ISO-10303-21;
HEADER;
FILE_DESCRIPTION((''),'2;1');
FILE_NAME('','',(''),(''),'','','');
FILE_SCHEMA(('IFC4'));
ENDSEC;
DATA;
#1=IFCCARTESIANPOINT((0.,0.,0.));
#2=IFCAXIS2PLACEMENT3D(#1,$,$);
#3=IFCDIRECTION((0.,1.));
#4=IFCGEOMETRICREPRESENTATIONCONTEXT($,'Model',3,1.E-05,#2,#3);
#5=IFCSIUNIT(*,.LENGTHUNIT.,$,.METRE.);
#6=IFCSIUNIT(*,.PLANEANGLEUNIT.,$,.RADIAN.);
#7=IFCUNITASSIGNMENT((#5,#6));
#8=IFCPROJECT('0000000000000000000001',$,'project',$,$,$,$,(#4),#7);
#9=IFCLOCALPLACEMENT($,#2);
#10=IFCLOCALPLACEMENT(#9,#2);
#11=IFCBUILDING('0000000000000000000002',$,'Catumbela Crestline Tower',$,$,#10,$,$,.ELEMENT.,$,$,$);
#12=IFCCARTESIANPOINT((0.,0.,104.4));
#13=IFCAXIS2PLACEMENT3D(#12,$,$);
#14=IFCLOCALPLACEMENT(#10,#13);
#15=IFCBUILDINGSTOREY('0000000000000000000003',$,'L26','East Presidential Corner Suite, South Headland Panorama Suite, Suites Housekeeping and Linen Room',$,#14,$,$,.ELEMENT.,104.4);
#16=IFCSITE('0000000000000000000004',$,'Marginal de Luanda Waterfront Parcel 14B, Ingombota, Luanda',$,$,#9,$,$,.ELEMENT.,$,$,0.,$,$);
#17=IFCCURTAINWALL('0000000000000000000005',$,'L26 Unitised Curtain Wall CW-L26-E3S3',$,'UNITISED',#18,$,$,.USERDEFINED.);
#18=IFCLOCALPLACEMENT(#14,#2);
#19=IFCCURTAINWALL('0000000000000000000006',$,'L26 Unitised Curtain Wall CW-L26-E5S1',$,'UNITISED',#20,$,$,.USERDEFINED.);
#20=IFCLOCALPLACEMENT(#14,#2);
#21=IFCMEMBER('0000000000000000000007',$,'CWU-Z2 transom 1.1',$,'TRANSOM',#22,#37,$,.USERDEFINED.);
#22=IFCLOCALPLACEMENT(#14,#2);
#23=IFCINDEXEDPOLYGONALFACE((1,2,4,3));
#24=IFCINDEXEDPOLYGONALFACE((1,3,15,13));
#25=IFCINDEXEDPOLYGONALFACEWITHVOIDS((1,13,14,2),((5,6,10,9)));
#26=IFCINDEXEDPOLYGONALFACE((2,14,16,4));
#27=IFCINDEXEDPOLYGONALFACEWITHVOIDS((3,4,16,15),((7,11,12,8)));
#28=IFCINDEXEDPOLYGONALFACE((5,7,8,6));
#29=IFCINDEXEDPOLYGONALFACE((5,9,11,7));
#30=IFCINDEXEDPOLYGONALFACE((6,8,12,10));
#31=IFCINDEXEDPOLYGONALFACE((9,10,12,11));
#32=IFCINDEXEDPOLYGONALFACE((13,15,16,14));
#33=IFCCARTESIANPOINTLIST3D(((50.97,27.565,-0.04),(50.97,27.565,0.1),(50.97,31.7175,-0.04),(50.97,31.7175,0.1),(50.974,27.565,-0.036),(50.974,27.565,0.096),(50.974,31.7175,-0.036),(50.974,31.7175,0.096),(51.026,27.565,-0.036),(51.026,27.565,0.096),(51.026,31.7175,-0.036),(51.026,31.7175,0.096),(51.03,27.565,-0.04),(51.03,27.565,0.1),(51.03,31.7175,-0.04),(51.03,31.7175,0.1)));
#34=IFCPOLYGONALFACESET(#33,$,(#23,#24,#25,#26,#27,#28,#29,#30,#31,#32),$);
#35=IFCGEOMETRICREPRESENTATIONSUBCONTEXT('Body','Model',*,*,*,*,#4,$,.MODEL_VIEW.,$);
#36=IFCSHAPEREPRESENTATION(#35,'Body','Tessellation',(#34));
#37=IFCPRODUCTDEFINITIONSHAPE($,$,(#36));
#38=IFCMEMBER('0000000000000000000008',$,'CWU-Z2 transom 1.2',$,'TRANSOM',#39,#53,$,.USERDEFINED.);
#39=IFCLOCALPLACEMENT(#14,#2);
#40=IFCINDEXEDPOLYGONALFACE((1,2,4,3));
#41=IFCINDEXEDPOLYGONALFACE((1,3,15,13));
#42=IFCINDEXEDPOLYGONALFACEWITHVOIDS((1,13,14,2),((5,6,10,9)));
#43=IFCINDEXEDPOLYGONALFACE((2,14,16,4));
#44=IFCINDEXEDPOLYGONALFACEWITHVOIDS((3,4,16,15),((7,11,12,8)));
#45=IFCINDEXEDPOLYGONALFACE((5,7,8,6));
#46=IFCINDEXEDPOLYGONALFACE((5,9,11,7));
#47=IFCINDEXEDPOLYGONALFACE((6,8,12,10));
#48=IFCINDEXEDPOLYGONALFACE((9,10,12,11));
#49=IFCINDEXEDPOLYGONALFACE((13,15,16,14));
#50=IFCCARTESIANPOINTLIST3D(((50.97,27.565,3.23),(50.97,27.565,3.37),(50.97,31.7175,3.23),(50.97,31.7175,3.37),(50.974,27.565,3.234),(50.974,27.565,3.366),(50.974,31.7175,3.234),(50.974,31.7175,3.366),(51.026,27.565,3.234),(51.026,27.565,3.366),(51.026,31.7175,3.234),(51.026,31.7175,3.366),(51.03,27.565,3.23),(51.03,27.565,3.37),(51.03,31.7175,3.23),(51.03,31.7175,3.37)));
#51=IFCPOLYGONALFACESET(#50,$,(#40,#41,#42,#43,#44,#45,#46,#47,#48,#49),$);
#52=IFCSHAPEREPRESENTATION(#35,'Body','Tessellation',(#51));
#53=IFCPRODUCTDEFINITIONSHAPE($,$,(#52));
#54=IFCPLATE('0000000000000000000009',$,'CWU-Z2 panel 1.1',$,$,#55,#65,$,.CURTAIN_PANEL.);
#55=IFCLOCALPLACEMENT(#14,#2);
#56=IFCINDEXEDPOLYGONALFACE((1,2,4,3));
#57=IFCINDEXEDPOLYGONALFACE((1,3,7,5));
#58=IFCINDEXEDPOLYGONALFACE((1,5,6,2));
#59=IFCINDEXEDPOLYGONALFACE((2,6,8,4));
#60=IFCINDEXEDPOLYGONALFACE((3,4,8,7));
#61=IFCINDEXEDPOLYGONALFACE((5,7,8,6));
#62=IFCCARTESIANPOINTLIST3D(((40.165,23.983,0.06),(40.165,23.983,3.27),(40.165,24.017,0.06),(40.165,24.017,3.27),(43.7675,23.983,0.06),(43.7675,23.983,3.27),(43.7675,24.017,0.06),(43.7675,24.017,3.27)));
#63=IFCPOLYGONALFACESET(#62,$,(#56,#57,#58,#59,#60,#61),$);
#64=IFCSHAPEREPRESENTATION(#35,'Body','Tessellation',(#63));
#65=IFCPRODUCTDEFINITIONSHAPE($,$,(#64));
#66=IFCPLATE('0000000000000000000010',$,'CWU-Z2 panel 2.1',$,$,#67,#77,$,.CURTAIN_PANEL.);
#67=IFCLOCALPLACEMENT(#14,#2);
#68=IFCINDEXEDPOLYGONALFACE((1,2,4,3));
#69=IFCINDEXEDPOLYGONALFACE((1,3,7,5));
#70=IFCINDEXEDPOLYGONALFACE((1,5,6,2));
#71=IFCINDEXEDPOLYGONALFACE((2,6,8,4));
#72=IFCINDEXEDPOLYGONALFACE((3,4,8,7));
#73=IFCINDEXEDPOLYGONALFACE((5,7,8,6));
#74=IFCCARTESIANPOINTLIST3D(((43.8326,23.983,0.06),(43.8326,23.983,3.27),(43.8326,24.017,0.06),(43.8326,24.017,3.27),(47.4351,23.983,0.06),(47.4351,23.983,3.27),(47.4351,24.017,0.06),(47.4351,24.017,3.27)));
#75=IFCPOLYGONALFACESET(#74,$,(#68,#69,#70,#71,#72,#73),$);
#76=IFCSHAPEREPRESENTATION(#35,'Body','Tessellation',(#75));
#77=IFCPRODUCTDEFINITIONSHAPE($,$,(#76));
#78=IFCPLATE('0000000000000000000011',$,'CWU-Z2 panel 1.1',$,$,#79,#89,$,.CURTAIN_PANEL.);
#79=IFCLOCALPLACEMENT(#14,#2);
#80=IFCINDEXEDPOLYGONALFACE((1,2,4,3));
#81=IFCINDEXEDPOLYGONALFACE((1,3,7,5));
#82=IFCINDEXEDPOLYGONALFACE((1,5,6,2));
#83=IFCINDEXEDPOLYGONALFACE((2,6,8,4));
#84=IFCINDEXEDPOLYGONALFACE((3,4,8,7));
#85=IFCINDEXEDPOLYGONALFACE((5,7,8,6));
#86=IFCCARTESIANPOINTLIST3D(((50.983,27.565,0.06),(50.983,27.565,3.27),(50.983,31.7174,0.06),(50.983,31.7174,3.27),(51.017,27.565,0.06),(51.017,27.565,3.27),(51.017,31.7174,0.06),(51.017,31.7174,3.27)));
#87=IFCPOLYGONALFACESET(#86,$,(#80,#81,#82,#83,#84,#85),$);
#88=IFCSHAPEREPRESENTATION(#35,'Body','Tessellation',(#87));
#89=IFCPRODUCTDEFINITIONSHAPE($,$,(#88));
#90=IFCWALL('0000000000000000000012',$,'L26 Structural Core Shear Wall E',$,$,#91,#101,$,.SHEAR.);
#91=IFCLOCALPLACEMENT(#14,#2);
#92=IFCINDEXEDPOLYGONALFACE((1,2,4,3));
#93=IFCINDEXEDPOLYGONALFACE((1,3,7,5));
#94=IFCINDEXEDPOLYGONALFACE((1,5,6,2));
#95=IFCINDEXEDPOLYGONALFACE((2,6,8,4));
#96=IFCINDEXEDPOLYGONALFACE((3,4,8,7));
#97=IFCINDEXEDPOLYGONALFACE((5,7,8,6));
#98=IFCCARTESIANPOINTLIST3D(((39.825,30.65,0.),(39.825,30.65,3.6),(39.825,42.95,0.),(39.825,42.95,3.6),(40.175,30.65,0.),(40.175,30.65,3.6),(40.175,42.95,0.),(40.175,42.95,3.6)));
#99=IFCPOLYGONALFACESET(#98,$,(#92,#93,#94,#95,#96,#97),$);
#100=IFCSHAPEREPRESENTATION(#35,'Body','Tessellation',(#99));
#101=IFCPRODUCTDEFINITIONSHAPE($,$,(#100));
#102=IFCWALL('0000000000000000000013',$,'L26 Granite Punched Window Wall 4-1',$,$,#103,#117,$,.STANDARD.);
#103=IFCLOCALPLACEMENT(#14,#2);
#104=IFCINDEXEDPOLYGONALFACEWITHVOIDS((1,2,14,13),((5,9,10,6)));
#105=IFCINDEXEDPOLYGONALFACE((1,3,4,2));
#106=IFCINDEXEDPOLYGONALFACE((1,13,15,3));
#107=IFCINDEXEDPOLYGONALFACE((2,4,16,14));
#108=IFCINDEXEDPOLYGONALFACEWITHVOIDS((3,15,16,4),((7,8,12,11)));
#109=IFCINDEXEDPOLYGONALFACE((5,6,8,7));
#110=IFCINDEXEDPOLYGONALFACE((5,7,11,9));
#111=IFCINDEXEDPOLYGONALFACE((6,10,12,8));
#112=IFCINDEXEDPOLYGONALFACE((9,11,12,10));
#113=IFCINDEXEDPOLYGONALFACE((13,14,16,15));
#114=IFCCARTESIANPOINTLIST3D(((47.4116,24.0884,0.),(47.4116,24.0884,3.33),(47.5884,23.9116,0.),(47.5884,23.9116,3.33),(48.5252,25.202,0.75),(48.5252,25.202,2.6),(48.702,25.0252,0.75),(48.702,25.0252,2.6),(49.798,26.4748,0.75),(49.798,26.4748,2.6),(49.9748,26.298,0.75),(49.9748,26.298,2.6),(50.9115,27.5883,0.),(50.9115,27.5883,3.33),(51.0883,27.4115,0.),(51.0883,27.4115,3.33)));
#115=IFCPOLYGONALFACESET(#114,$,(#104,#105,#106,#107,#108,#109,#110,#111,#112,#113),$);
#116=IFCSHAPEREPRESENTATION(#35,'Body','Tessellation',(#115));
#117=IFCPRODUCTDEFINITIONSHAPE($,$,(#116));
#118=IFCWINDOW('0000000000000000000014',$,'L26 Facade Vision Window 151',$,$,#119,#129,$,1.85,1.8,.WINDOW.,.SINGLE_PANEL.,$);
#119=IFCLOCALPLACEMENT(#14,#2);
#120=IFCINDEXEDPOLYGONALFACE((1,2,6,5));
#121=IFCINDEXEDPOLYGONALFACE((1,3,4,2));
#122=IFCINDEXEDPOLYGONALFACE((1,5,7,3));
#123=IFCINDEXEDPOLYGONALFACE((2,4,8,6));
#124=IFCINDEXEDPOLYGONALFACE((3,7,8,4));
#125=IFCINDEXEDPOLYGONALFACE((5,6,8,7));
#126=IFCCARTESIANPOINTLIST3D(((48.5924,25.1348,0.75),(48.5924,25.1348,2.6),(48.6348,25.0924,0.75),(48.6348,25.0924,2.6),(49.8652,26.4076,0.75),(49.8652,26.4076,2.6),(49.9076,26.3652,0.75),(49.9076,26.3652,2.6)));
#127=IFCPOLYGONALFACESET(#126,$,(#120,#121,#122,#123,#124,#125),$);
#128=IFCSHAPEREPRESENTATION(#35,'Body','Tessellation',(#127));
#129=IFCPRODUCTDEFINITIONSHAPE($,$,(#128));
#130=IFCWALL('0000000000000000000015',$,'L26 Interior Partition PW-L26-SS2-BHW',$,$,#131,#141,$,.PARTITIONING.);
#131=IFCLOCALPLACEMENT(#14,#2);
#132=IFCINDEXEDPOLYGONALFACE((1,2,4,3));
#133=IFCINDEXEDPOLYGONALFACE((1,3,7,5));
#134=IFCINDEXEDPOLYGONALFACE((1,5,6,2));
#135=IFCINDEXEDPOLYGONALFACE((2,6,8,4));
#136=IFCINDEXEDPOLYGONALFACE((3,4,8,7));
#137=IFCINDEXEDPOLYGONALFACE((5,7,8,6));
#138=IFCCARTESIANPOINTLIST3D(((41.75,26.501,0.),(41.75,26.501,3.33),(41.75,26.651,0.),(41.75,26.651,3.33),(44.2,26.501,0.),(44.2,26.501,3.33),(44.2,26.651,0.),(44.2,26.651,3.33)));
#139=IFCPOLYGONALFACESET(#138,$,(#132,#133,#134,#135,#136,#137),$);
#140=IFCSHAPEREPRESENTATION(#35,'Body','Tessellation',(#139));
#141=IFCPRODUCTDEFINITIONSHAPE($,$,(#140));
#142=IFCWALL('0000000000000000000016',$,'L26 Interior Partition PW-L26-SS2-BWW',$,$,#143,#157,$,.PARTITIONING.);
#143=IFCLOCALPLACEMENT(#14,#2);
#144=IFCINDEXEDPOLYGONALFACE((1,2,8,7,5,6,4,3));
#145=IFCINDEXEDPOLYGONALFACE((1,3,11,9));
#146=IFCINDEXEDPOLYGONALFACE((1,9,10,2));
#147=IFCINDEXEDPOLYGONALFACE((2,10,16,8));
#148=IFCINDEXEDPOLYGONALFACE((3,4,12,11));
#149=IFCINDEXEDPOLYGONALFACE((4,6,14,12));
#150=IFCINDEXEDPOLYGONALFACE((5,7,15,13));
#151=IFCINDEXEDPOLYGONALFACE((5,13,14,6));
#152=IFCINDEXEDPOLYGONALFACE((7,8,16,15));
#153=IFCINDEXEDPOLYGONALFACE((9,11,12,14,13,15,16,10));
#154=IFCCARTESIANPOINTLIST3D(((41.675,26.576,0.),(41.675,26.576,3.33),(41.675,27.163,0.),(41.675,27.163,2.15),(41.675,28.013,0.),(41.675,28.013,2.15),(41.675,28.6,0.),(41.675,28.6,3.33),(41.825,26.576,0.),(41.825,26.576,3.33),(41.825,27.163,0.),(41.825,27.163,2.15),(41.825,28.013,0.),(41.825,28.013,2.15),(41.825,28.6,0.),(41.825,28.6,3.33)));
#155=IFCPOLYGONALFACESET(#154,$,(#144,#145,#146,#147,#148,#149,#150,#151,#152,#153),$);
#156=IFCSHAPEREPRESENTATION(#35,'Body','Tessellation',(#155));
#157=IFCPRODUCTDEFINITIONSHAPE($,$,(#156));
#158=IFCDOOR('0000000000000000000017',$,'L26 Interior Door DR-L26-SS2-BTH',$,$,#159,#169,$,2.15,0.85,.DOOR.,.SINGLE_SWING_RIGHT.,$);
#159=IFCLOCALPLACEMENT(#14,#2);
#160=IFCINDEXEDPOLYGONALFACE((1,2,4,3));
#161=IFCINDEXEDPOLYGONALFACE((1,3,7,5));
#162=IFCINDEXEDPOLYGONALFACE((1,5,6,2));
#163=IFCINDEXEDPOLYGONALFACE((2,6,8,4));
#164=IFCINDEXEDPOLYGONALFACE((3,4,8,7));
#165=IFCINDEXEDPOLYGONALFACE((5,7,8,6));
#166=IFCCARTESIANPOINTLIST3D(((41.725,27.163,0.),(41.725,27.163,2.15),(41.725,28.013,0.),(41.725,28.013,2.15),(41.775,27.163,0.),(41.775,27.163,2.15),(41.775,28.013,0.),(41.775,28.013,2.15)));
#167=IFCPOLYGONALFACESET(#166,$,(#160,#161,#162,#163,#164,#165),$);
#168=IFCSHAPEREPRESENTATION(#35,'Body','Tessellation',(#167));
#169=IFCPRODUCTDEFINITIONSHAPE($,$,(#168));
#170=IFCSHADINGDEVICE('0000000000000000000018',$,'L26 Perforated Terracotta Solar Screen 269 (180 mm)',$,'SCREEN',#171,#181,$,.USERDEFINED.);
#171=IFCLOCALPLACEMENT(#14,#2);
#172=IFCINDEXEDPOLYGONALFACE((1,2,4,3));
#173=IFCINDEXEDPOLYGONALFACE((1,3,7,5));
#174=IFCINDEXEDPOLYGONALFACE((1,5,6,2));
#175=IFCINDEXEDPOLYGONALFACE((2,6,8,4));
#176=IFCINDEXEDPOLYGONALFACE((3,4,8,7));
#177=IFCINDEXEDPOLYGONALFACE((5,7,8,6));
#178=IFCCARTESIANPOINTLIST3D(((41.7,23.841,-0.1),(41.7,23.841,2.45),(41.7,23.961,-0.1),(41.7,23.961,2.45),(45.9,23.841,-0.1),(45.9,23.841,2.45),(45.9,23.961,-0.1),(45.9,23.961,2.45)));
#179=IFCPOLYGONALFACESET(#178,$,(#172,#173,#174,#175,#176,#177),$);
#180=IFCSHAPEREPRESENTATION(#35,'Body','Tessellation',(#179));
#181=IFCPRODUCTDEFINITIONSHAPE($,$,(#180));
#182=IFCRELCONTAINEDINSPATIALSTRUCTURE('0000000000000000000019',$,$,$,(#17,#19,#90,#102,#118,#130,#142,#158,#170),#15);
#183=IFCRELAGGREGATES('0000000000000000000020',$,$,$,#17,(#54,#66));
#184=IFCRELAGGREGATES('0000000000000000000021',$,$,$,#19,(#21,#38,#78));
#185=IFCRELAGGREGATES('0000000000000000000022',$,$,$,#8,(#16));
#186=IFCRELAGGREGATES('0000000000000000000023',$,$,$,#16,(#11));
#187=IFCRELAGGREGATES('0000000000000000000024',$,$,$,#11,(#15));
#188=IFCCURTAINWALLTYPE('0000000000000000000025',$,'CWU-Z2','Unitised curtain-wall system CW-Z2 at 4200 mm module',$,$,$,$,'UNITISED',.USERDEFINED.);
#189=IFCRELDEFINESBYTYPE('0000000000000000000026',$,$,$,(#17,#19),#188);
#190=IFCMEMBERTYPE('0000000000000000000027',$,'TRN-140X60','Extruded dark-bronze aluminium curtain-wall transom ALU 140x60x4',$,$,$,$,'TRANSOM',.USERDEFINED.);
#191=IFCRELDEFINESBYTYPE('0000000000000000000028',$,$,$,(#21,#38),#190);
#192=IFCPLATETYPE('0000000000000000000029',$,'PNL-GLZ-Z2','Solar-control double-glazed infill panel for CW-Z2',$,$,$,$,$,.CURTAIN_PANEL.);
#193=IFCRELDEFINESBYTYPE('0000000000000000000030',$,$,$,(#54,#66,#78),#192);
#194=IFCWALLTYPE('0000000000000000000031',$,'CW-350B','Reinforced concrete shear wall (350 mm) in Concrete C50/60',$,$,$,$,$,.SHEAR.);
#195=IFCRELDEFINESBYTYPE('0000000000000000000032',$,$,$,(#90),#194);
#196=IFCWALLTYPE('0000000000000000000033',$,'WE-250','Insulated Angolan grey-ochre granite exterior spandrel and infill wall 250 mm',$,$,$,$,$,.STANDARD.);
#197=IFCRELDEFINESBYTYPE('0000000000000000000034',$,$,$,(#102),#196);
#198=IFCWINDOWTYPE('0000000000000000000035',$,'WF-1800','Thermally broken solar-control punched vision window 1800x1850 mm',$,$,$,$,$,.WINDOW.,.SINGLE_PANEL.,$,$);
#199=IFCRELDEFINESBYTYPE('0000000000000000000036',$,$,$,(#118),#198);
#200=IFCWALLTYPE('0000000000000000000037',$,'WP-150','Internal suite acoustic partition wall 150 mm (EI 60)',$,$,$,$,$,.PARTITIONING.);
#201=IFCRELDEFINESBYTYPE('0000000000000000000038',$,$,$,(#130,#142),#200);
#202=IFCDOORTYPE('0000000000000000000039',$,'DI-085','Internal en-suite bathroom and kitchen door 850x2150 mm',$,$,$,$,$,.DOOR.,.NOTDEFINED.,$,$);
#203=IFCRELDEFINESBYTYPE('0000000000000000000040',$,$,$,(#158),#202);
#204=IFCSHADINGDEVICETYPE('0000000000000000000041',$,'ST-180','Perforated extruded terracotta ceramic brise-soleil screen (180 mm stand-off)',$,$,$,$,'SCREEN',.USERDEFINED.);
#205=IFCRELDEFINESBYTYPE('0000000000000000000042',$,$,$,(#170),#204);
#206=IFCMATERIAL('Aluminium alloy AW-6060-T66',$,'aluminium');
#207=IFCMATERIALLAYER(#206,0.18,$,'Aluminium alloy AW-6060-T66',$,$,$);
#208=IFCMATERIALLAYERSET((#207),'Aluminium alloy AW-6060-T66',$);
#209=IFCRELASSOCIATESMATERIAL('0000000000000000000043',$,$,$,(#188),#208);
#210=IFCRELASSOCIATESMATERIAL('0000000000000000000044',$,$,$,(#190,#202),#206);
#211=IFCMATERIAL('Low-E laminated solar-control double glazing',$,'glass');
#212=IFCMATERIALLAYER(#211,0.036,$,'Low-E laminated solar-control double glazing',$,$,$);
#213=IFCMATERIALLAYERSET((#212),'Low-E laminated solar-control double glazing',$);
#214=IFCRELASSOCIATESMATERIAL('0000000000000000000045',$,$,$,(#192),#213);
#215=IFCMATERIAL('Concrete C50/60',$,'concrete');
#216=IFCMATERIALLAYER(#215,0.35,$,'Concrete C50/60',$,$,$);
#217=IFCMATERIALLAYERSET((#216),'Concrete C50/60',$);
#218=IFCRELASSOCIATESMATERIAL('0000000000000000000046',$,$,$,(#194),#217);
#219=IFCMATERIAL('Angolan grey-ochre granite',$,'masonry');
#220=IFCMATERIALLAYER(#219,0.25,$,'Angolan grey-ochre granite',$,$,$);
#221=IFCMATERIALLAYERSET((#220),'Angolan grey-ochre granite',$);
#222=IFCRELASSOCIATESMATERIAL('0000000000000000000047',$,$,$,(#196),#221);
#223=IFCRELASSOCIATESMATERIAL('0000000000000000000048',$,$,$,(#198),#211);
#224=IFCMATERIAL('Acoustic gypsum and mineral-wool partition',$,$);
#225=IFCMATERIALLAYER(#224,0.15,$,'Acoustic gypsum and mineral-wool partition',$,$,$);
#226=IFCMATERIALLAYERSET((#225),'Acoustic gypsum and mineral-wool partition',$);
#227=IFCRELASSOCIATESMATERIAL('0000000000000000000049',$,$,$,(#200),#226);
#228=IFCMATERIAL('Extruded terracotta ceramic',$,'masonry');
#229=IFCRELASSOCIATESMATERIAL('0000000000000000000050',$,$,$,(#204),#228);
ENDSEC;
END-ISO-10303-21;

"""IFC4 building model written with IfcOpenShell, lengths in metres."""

from ifc_helpers import new_model, si_unit, direction, frame, frame_2d, origin, origin_2d, place, context, subcontext, project, spatial, rectangle, hollow_rectangle, extrude, material, layer, layer_set, material_profile, profile_set, type_object, element, fill, aggregate, save


model = new_model("IFC4")

# Units and contexts
model_context = context("Model", 3, precision=1e-05, world=origin(), true_north=direction((0.0, 1.0)))
body_context = subcontext(model_context, "Body", "Model", "MODEL_VIEW")
ifc_project = project(units=[si_unit("LENGTHUNIT", "METRE"), si_unit("PLANEANGLEUNIT", "RADIAN")], contexts=[model_context])

# Site, building, storey
site_placement = place(None, origin())
site = spatial("IfcSite", under=ifc_project, at=site_placement, Name="Marginal de Luanda Waterfront Parcel 14B, Ingombota, Luanda", CompositionType="ELEMENT", RefElevation=0.0)
building_placement = place(site_placement, origin())
building = spatial("IfcBuilding", under=site, at=building_placement, Name="Catumbela Crestline Tower", CompositionType="ELEMENT")
storey_placement = place(building_placement, frame((0.0, 0.0, 104.4)))
storey = spatial("IfcBuildingStorey", under=building, at=storey_placement, Name="L26", Description="East Presidential Corner Suite, South Headland Panorama Suite, Suites Housekeeping and Linen Room", CompositionType="ELEMENT", Elevation=104.4)

# Shared definitions
ifc_material_1 = material(Name="Concrete C50/60", Category="concrete")

# Curtain wall
ifc_material_2 = material(Name="Aluminium alloy AW-6060-T66", Category="aluminium")
ifc_layer_1 = layer(ifc_material_2, 0.18, Name="Aluminium alloy AW-6060-T66")
ifc_layer_set_1 = layer_set([ifc_layer_1], Name="Aluminium alloy AW-6060-T66")
curtain_wall_type = type_object("IfcCurtainWallType", Name="CWU-Z2", Description="Unitised curtain-wall system CW-Z2 at 4200 mm module", ElementType="UNITISED", PredefinedType="USERDEFINED", material=ifc_layer_set_1)
curtain_wall_1_placement = place(storey_placement, origin())
curtain_wall_1 = element("IfcCurtainWall", 1, at=curtain_wall_1_placement, inside=storey, type_object=curtain_wall_type, Name="L26 Unitised Curtain Wall CW-L26-E3S3", ObjectType="UNITISED", PredefinedType="USERDEFINED")

# Curtain wall
curtain_wall_2_placement = place(storey_placement, origin())
curtain_wall_2 = element("IfcCurtainWall", 2, at=curtain_wall_2_placement, inside=storey, type_object=curtain_wall_type, Name="L26 Unitised Curtain Wall CW-L26-E5S1", ObjectType="UNITISED", PredefinedType="USERDEFINED")

# Members
ifc_material_profile_1 = material_profile(ifc_material_2, hollow_rectangle(XDim=0.06, YDim=0.14, WallThickness=0.004, at=origin_2d()), Name="ALU 140x60x4")
ifc_profile_set_1 = profile_set([ifc_material_profile_1], Name="Aluminium alloy AW-6060-T66")
member_type_1 = type_object("IfcMemberType", Name="TRN-140X60", Description="Extruded dark-bronze aluminium curtain-wall transom ALU 140x60x4", ElementType="TRANSOM", PredefinedType="USERDEFINED", material=ifc_profile_set_1)
member_1_placement = place(storey_placement, frame((51.0, 27.565, 0.03), z_axis=(0.0, 1.0, 0.0), x_axis=(-1.0, 0.0, 0.0)))
member_1 = element("IfcMember", 3, at=member_1_placement, type_object=member_type_1, Name="CWU-Z2 transom 1.1", ObjectType="TRANSOM", PredefinedType="USERDEFINED", context=body_context, shape_type="SweptSolid", body=[
    extrude(hollow_rectangle(XDim=0.06, YDim=0.14, WallThickness=0.004, at=origin_2d()), origin(), (0.0, 0.0, 1.0), 4.1525),
])
member_2_placement = place(storey_placement, frame((51.0, 27.565, 3.3), z_axis=(0.0, 1.0, 0.0), x_axis=(-1.0, 0.0, 0.0)))
member_2 = element("IfcMember", 4, at=member_2_placement, type_object=member_type_1, Name="CWU-Z2 transom 1.2", ObjectType="TRANSOM", PredefinedType="USERDEFINED", context=body_context, shape_type="SweptSolid", body=[
    extrude(hollow_rectangle(XDim=0.06, YDim=0.14, WallThickness=0.004, at=origin_2d()), origin(), (0.0, 0.0, 1.0), 4.1525),
])

# Plates
ifc_material_3 = material(Name="Low-E laminated solar-control double glazing", Category="glass")
ifc_layer_2 = layer(ifc_material_3, 0.036, Name="Low-E laminated solar-control double glazing")
ifc_layer_set_2 = layer_set([ifc_layer_2], Name="Low-E laminated solar-control double glazing")
plate_type = type_object("IfcPlateType", Name="PNL-GLZ-Z2", Description="Solar-control double-glazed infill panel for CW-Z2", PredefinedType="CURTAIN_PANEL", material=ifc_layer_set_2)
plate_1_placement = place(storey_placement, frame((41.9662, 24.0, 0.06), z_axis=(0.0, 0.0, 1.0), x_axis=(1.0, 0.0, 0.0)))
plate_1 = element("IfcPlate", 5, at=plate_1_placement, type_object=plate_type, Name="CWU-Z2 panel 1.1", PredefinedType="CURTAIN_PANEL", context=body_context, shape_type="SweptSolid", body=[
    extrude(rectangle(XDim=3.6025, YDim=0.034, at=origin_2d()), origin(), (0.0, 0.0, 1.0), 3.21),
])
plate_2_placement = place(storey_placement, frame((45.6338, 24.0, 0.06), z_axis=(0.0, 0.0, 1.0), x_axis=(1.0, 0.0, 0.0)))
plate_2 = element("IfcPlate", 6, at=plate_2_placement, type_object=plate_type, Name="CWU-Z2 panel 2.1", PredefinedType="CURTAIN_PANEL", context=body_context, shape_type="SweptSolid", body=[
    extrude(rectangle(XDim=3.6025, YDim=0.034, at=origin_2d()), origin(), (0.0, 0.0, 1.0), 3.21),
])
aggregate(curtain_wall_1, [plate_1, plate_2])
plate_3_placement = place(storey_placement, frame((51.0, 29.6412, 0.06), z_axis=(0.0, 0.0, 1.0), x_axis=(0.0, 1.0, 0.0)))
plate_3 = element("IfcPlate", 7, at=plate_3_placement, type_object=plate_type, Name="CWU-Z2 panel 1.1", PredefinedType="CURTAIN_PANEL", context=body_context, shape_type="SweptSolid", body=[
    extrude(rectangle(XDim=4.1525, YDim=0.034, at=origin_2d()), origin(), (0.0, 0.0, 1.0), 3.21),
])
aggregate(curtain_wall_2, [member_1, member_2, plate_3])

# Wall
ifc_layer_3 = layer(ifc_material_1, 0.35, Name="Concrete C50/60")
ifc_layer_set_3 = layer_set([ifc_layer_3], Name="Concrete C50/60")
wall_type_1 = type_object("IfcWallType", Name="CW-350B", Description="Reinforced concrete shear wall (350 mm) in Concrete C50/60", PredefinedType="SHEAR", material=ifc_layer_set_3)
wall_1_placement = place(storey_placement, frame((40.0, 30.65, 0.0), z_axis=(0.0, 0.0, 1.0), x_axis=(0.0, 1.0, 0.0)))
element("IfcWall", 8, at=wall_1_placement, inside=storey, type_object=wall_type_1, Name="L26 Structural Core Shear Wall E", PredefinedType="SHEAR", context=body_context, shape_type="SweptSolid", body=[
    extrude(rectangle(XDim=12.3, YDim=0.35, at=frame_2d((6.15, 0.0))), origin(), (0.0, 0.0, 1.0), 3.6),
])

# Wall, opening, window
ifc_material_4 = material(Name="Angolan grey-ochre granite", Category="masonry")
ifc_layer_4 = layer(ifc_material_4, 0.25, Name="Angolan grey-ochre granite")
ifc_layer_set_4 = layer_set([ifc_layer_4], Name="Angolan grey-ochre granite")
wall_type_2 = type_object("IfcWallType", Name="WE-250", Description="Insulated Angolan grey-ochre granite exterior spandrel and infill wall 250 mm", PredefinedType="STANDARD", material=ifc_layer_set_4)
wall_2_placement = place(storey_placement, frame((47.5, 24.0, 0.0), z_axis=(0.0, 0.0, 1.0), x_axis=(0.707107, 0.707107, 0.0)))
wall_2 = element("IfcWall", 9, at=wall_2_placement, inside=storey, type_object=wall_type_2, Name="L26 Granite Punched Window Wall 4-1", PredefinedType="STANDARD", context=body_context, shape_type="SweptSolid", body=[
    extrude(rectangle(XDim=4.9497, YDim=0.25, at=frame_2d((2.4748, 0.0))), origin(), (0.0, 0.0, 1.0), 3.33),
])
opening_1_placement = place(wall_2_placement, frame((1.5749, 0.0, 0.75)))
opening_1 = element("IfcOpeningElement", 10, at=opening_1_placement, cuts=wall_2, PredefinedType="OPENING", context=body_context, shape_type="SweptSolid", body=[
    extrude(rectangle(XDim=1.8, YDim=1.85, at=frame_2d((0.9, 0.925))), frame((0.0, 0.135, 0.0), z_axis=(0.0, -1.0, 0.0), x_axis=(1.0, 0.0, 0.0)), (0.0, 0.0, 1.0), 0.27),
])
window_type = type_object("IfcWindowType", Name="WF-1800", Description="Thermally broken solar-control punched vision window 1800x1850 mm", PartitioningType="SINGLE_PANEL", PredefinedType="WINDOW", material=ifc_material_3)
window_placement = place(opening_1_placement, origin())
window = element("IfcWindow", 11, at=window_placement, inside=storey, type_object=window_type, Name="L26 Facade Vision Window 151", OverallHeight=1.85, OverallWidth=1.8, PartitioningType="SINGLE_PANEL", PredefinedType="WINDOW", context=body_context, shape_type="SweptSolid", body=[
    extrude(rectangle(XDim=1.8, YDim=1.85, at=frame_2d((0.9, 0.925))), frame((0.0, 0.03, 0.0), z_axis=(0.0, -1.0, 0.0), x_axis=(1.0, 0.0, 0.0)), (0.0, 0.0, 1.0), 0.06),
])
fill(opening_1, window)

# Wall
ifc_material_5 = material(Name="Acoustic gypsum and mineral-wool partition")
ifc_layer_5 = layer(ifc_material_5, 0.15, Name="Acoustic gypsum and mineral-wool partition")
ifc_layer_set_5 = layer_set([ifc_layer_5], Name="Acoustic gypsum and mineral-wool partition")
wall_type_3 = type_object("IfcWallType", Name="WP-150", Description="Internal suite acoustic partition wall 150 mm (EI 60)", PredefinedType="PARTITIONING", material=ifc_layer_set_5)
wall_3_placement = place(storey_placement, frame((41.75, 26.576, 0.0), z_axis=(0.0, 0.0, 1.0), x_axis=(1.0, 0.0, 0.0)))
element("IfcWall", 12, at=wall_3_placement, inside=storey, type_object=wall_type_3, Name="L26 Interior Partition PW-L26-SS2-BHW", PredefinedType="PARTITIONING", context=body_context, shape_type="SweptSolid", body=[
    extrude(rectangle(XDim=2.45, YDim=0.15, at=frame_2d((1.225, 0.0))), origin(), (0.0, 0.0, 1.0), 3.33),
])

# Wall, opening, door
wall_4_placement = place(storey_placement, frame((41.75, 26.576, 0.0), z_axis=(0.0, 0.0, 1.0), x_axis=(0.0, 1.0, 0.0)))
wall_4 = element("IfcWall", 13, at=wall_4_placement, inside=storey, type_object=wall_type_3, Name="L26 Interior Partition PW-L26-SS2-BWW", PredefinedType="PARTITIONING", context=body_context, shape_type="SweptSolid", body=[
    extrude(rectangle(XDim=2.024, YDim=0.15, at=frame_2d((1.012, 0.0))), origin(), (0.0, 0.0, 1.0), 3.33),
])
opening_2_placement = place(wall_4_placement, frame((0.587, 0.0, 0.0)))
opening_2 = element("IfcOpeningElement", 14, at=opening_2_placement, cuts=wall_4, PredefinedType="OPENING", context=body_context, shape_type="SweptSolid", body=[
    extrude(rectangle(XDim=0.85, YDim=2.15, at=frame_2d((0.425, 1.075))), frame((0.0, 0.085, 0.0), z_axis=(0.0, -1.0, 0.0), x_axis=(1.0, 0.0, 0.0)), (0.0, 0.0, 1.0), 0.17),
])
door_type = type_object("IfcDoorType", Name="DI-085", Description="Internal en-suite bathroom and kitchen door 850x2150 mm", OperationType="NOTDEFINED", PredefinedType="DOOR", material=ifc_material_2)
door_placement = place(opening_2_placement, origin())
door = element("IfcDoor", 15, at=door_placement, inside=storey, type_object=door_type, Name="L26 Interior Door DR-L26-SS2-BTH", OperationType="SINGLE_SWING_RIGHT", OverallHeight=2.15, OverallWidth=0.85, PredefinedType="DOOR", context=body_context, shape_type="SweptSolid", body=[
    extrude(rectangle(XDim=0.85, YDim=2.15, at=frame_2d((0.425, 1.075))), frame((0.0, 0.025, 0.0), z_axis=(0.0, -1.0, 0.0), x_axis=(1.0, 0.0, 0.0)), (0.0, 0.0, 1.0), 0.05),
])
fill(opening_2, door)

# Shading device
ifc_material_6 = material(Name="Extruded terracotta ceramic", Category="masonry")
shading_device_type = type_object("IfcShadingDeviceType", Name="ST-180", Description="Perforated extruded terracotta ceramic brise-soleil screen (180 mm stand-off)", ElementType="SCREEN", PredefinedType="USERDEFINED", material=ifc_material_6)
shading_device_placement = place(storey_placement, frame((43.8, 23.901, -0.1), z_axis=(0.0, 0.0, 1.0), x_axis=(1.0, 0.0, 0.0)))
element("IfcShadingDevice", 16, at=shading_device_placement, inside=storey, type_object=shading_device_type, Name="L26 Perforated Terracotta Solar Screen 269 (180 mm)", ObjectType="SCREEN", PredefinedType="USERDEFINED", context=body_context, shape_type="SweptSolid", body=[
    extrude(rectangle(XDim=4.2, YDim=0.12, at=origin_2d()), origin(), (0.0, 0.0, 1.0), 2.55),
])

save(model, "model.ifc")
